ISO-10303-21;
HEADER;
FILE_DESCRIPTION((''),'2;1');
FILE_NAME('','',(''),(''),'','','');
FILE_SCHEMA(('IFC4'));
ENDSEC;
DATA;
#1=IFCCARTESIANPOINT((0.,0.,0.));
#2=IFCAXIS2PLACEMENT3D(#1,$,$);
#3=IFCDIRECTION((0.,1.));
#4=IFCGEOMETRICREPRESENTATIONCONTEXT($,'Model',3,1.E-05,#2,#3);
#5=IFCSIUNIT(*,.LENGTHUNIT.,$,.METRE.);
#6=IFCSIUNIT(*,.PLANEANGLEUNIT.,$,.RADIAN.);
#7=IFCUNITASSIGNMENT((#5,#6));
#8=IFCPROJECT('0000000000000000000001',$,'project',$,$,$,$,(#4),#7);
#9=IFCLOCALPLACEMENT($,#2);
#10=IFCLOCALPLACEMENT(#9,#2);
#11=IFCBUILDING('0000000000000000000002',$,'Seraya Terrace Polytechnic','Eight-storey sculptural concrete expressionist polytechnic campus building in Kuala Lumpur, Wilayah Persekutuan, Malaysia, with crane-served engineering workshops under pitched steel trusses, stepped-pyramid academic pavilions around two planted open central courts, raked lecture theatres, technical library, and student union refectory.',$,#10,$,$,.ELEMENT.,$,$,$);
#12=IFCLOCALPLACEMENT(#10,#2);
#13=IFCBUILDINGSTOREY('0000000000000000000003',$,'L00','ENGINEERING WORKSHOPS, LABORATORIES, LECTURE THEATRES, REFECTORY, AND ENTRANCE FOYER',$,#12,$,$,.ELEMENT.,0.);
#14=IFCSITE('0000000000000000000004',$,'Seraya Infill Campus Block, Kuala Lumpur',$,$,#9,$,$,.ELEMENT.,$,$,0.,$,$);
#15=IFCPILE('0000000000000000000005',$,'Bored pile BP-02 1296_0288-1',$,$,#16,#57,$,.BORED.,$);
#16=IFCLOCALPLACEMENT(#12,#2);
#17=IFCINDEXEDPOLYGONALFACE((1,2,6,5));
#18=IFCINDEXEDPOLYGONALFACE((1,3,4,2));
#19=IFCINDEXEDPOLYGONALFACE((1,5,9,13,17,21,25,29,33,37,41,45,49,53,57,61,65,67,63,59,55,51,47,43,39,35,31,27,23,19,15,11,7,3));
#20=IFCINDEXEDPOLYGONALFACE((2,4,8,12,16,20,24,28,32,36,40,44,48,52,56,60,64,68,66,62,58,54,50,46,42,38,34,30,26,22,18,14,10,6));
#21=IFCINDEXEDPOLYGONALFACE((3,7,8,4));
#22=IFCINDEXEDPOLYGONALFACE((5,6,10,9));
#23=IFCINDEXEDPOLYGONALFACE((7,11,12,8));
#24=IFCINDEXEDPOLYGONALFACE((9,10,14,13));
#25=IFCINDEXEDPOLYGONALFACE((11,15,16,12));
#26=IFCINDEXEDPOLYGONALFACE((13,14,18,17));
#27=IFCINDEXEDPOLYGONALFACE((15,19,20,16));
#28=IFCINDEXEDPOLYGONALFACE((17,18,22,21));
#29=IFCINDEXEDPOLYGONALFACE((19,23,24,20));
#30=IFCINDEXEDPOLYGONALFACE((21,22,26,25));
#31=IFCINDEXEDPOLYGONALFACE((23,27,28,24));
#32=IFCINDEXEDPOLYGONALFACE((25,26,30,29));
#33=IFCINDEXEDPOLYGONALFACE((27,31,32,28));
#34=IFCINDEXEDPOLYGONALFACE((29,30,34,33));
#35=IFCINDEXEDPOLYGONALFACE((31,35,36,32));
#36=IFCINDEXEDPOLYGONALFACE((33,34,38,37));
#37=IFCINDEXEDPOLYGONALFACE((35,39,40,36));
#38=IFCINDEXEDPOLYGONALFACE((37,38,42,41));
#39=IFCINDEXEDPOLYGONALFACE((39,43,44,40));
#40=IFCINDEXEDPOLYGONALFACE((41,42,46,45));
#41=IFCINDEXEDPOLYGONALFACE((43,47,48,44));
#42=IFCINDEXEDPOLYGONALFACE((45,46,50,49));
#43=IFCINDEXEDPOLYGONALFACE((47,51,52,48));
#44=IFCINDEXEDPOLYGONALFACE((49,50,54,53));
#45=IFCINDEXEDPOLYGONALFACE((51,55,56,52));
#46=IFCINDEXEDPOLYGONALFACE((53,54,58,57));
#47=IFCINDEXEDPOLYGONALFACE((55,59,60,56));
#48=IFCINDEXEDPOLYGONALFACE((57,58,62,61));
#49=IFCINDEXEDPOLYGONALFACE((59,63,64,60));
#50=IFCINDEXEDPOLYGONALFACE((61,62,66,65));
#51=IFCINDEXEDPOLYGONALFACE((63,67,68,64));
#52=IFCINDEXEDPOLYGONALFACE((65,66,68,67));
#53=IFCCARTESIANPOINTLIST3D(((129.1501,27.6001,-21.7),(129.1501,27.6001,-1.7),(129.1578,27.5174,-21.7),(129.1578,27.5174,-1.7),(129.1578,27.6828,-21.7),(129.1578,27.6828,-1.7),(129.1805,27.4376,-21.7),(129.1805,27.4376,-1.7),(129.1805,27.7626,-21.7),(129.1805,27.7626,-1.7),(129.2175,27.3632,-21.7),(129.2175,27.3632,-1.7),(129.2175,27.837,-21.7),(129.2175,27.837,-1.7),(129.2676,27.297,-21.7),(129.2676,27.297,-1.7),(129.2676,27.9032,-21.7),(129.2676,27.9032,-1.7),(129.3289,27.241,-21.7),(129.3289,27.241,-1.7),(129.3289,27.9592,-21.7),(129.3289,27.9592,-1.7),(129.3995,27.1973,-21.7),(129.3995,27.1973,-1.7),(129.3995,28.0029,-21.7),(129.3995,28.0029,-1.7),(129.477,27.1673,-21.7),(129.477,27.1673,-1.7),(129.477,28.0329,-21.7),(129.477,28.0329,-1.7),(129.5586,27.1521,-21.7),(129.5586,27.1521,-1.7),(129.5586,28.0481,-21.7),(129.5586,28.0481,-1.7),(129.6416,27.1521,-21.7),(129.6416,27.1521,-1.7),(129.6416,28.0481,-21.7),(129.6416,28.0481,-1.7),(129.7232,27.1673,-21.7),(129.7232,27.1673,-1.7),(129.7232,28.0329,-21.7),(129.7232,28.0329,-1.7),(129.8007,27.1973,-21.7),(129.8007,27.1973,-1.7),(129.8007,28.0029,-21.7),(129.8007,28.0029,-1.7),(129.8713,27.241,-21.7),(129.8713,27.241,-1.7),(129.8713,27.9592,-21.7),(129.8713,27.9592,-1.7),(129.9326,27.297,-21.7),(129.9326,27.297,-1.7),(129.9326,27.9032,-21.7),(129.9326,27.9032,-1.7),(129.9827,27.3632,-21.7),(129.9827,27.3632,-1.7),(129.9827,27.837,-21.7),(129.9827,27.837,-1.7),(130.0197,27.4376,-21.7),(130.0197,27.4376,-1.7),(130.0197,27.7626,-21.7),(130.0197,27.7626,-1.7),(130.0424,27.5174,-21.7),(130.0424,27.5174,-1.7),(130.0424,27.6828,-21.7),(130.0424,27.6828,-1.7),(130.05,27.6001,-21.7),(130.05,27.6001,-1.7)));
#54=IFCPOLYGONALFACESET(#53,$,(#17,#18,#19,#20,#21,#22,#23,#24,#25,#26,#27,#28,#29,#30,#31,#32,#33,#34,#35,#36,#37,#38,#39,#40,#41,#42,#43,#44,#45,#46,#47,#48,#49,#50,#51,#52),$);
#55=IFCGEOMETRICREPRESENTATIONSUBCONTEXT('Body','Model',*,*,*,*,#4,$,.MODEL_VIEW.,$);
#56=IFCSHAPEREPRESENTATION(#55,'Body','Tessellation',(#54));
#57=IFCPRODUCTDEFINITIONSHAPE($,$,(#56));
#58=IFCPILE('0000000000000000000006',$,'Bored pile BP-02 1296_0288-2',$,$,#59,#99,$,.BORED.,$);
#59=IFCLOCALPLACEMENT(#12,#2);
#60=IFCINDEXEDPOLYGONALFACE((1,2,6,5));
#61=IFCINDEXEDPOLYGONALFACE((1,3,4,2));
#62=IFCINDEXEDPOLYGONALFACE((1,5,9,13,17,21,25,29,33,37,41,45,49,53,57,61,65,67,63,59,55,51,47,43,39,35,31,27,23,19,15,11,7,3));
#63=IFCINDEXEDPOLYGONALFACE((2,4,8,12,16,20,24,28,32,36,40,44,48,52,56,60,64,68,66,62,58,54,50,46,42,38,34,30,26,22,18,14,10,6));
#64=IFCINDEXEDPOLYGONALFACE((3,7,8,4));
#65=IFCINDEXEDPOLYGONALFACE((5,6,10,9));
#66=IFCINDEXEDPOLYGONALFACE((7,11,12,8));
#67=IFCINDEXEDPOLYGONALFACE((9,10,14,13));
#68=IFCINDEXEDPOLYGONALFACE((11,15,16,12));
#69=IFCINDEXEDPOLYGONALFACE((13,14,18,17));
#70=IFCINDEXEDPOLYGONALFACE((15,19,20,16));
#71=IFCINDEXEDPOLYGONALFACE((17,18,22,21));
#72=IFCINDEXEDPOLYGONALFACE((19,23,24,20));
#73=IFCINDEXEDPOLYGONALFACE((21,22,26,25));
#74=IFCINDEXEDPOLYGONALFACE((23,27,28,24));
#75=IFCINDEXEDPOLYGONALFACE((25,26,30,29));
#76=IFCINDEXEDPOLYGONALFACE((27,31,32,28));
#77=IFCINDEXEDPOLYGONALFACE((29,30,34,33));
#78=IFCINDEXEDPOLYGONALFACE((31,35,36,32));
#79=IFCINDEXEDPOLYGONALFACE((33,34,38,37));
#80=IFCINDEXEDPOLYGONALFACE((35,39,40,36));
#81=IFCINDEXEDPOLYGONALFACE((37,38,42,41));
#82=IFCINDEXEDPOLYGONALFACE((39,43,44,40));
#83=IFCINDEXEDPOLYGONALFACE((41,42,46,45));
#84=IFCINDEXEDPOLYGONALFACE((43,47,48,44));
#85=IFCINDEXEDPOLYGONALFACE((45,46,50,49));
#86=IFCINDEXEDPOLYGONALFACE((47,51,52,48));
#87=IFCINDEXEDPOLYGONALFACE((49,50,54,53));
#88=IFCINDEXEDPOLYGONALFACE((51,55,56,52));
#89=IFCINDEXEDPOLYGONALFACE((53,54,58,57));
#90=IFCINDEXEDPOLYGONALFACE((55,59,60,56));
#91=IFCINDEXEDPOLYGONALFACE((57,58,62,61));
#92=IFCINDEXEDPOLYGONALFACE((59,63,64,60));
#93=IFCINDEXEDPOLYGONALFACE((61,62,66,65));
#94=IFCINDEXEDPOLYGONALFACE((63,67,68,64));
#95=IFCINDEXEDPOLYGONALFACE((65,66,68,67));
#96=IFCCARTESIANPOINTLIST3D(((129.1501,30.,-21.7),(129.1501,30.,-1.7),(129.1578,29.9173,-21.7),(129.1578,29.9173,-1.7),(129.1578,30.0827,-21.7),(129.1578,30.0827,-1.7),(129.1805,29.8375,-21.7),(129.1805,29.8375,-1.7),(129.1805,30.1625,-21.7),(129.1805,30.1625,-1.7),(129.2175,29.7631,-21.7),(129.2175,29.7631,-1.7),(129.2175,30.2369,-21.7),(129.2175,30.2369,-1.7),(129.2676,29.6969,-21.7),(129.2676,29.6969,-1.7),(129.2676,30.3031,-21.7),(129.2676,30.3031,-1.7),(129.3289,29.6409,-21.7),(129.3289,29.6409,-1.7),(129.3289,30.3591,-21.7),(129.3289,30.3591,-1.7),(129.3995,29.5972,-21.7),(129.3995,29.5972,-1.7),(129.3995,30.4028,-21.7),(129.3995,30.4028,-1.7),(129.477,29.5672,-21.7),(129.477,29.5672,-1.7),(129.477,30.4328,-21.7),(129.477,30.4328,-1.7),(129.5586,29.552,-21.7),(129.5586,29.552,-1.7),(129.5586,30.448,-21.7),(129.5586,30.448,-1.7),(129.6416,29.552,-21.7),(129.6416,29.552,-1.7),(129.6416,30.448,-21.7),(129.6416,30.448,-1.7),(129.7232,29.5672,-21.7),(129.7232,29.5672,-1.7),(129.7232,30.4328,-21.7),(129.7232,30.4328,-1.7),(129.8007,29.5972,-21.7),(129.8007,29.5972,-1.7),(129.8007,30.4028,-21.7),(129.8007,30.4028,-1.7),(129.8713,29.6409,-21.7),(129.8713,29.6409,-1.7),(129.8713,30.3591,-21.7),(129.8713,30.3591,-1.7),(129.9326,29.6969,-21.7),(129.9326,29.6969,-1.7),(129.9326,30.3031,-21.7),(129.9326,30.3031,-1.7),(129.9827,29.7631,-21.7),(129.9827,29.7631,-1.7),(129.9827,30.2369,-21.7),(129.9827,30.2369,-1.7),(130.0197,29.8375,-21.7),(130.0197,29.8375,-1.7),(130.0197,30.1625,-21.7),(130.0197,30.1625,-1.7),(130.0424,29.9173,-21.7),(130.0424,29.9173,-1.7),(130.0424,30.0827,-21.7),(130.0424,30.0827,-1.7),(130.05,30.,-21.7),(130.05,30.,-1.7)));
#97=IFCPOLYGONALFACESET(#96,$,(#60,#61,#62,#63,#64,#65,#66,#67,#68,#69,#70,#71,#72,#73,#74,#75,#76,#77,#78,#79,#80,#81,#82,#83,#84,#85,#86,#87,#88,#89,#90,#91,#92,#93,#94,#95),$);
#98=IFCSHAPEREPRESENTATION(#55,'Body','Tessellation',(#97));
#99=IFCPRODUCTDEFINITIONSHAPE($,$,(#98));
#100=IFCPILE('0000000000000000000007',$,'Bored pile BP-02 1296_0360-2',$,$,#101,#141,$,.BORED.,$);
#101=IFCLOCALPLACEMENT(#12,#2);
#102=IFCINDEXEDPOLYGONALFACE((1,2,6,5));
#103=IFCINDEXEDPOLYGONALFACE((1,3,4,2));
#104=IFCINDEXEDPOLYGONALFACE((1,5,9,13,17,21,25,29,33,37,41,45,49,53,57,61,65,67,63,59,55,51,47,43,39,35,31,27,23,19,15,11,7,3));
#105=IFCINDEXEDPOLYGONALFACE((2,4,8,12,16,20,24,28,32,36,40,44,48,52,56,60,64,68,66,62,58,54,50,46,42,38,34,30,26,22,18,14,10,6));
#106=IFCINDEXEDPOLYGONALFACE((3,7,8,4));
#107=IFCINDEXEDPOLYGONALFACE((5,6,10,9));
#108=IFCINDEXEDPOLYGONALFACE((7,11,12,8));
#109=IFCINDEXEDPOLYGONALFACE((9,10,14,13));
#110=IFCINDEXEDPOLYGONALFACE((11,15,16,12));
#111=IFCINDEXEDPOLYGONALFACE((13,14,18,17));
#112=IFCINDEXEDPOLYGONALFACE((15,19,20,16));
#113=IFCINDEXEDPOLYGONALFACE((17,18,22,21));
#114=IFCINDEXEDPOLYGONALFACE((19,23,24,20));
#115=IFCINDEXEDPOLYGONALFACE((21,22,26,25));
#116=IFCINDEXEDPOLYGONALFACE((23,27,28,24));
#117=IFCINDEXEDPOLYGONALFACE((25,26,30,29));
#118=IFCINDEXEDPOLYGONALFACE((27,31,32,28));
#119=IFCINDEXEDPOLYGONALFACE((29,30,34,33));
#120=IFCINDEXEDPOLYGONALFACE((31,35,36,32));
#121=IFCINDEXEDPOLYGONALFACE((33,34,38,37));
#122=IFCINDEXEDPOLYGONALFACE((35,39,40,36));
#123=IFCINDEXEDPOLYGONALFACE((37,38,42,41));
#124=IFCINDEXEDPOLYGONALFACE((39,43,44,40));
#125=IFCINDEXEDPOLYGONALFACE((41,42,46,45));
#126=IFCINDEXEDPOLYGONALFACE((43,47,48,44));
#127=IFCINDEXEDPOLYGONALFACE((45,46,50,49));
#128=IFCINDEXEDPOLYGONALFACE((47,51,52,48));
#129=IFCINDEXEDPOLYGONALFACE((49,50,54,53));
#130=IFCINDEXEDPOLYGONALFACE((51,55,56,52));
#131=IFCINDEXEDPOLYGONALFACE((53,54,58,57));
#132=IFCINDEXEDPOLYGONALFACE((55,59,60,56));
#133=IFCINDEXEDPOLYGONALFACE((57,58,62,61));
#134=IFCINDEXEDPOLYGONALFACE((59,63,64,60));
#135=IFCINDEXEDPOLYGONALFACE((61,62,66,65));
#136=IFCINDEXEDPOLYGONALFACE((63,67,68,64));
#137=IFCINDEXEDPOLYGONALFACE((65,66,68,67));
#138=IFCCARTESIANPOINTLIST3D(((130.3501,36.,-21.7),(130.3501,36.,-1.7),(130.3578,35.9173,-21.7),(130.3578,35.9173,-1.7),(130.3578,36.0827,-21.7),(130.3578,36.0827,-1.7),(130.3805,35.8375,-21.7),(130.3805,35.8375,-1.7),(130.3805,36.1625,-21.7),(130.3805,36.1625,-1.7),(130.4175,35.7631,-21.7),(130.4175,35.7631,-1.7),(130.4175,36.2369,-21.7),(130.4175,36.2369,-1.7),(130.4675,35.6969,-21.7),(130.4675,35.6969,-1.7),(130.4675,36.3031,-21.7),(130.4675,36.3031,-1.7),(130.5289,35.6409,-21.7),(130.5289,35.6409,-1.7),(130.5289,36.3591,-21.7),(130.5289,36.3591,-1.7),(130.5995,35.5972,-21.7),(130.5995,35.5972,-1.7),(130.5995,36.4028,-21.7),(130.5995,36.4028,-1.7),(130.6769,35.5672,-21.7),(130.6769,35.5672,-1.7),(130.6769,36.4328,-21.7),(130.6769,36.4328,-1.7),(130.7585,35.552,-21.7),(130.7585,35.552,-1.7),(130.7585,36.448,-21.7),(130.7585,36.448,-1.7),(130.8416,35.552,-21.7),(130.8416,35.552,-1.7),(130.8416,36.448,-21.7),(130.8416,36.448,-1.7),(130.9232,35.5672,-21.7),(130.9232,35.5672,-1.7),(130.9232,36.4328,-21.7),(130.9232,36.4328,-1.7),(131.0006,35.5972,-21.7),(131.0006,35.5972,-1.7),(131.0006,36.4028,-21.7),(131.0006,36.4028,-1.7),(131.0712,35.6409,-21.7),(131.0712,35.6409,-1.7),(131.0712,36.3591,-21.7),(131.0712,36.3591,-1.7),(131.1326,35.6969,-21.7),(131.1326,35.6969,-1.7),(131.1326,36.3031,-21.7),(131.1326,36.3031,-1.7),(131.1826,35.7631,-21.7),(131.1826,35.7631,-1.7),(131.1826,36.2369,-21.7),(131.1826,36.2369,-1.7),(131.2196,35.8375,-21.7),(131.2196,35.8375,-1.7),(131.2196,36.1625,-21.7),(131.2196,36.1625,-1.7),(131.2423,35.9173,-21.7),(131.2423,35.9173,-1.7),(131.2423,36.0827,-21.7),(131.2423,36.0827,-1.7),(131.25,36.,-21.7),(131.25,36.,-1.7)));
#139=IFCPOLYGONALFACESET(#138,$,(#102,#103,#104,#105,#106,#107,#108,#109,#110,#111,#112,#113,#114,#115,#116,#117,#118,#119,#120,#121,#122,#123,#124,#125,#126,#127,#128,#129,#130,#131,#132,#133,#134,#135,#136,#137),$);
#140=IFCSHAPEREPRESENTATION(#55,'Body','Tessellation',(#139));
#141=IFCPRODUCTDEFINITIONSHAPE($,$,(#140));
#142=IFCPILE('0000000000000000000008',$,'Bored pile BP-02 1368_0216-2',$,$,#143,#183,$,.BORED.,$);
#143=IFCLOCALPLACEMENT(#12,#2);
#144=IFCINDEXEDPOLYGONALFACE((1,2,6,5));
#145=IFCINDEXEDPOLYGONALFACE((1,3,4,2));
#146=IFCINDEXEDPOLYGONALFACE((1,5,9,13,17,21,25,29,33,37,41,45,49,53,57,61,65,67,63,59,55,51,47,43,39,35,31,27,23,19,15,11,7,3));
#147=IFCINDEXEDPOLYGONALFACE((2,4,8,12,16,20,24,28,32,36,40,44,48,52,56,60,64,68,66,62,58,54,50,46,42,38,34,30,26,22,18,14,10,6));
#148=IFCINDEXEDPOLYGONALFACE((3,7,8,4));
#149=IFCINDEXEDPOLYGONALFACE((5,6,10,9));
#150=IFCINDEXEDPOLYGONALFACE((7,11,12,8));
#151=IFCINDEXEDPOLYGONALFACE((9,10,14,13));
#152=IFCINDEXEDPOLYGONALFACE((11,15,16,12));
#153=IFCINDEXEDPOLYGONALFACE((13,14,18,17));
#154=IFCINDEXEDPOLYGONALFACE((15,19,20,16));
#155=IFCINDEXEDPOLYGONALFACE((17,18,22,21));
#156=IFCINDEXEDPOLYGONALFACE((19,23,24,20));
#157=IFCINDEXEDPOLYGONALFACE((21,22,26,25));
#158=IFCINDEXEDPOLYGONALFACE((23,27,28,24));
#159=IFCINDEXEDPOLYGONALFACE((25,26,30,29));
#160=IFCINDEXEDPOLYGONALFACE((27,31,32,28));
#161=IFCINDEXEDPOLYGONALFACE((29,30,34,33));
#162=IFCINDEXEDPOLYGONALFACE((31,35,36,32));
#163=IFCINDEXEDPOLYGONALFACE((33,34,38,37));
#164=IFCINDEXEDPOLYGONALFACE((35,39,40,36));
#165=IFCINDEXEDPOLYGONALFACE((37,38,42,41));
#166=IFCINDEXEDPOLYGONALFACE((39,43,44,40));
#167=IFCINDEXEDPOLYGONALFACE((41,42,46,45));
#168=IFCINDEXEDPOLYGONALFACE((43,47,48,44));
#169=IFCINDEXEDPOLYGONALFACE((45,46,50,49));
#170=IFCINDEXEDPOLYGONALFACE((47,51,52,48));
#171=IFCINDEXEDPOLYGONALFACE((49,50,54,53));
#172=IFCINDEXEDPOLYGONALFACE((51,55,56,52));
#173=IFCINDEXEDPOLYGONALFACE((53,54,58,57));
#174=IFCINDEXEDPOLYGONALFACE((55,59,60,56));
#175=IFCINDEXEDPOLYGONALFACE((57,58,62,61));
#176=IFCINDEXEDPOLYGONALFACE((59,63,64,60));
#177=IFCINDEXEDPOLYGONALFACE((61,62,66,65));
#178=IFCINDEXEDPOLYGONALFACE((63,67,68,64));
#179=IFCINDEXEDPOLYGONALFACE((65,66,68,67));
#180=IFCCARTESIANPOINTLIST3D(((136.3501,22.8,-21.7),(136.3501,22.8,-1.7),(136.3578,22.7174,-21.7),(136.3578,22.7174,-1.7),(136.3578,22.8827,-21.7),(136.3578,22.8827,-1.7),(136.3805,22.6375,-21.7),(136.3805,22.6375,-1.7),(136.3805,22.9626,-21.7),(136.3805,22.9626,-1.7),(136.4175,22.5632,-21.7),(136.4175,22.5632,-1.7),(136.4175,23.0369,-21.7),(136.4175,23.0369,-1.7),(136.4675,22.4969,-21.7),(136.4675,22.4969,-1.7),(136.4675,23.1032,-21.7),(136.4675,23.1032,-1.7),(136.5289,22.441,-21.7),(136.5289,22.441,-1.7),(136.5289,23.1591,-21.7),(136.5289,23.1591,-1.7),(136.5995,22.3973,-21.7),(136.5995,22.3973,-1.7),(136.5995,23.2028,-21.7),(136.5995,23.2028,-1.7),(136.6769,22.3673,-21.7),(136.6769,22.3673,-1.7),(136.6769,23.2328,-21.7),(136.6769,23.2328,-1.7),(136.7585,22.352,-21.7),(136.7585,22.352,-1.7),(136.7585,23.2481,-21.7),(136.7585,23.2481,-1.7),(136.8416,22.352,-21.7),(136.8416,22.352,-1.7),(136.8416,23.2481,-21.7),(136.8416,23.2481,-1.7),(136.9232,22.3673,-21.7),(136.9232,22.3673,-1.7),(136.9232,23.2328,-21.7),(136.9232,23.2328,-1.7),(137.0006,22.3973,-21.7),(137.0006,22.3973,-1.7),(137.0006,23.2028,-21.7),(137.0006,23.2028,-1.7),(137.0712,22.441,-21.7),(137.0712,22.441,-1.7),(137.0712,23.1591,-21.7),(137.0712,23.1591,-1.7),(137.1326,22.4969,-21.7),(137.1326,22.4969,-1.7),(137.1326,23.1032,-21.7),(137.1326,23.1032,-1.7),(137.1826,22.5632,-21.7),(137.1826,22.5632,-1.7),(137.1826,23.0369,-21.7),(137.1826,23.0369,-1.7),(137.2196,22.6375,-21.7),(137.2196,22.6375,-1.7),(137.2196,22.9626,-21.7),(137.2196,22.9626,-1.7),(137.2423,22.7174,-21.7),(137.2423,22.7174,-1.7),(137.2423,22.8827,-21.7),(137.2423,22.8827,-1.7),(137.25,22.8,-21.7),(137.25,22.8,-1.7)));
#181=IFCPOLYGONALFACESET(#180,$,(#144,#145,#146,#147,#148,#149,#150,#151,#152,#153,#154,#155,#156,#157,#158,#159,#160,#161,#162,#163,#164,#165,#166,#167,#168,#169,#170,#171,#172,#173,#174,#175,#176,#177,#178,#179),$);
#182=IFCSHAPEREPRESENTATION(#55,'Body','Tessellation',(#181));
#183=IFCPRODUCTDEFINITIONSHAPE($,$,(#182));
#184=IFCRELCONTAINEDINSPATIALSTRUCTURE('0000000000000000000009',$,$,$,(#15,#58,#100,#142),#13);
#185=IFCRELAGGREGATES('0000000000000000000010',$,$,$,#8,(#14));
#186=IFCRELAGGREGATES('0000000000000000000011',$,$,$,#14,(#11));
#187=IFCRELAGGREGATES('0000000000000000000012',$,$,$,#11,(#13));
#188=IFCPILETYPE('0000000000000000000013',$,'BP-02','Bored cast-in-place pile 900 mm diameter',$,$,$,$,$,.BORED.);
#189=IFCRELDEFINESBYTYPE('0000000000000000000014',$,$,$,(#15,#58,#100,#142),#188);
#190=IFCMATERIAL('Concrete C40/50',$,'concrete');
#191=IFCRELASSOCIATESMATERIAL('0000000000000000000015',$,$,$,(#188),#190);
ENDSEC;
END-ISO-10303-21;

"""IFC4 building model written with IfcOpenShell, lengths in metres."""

from ifc_helpers import new_model, si_unit, direction, frame, origin, origin_2d, place, context, subcontext, project, spatial, circle, extrude, material, material_profile, profile_set, type_object, element, save


model = new_model("IFC4")

# Units and contexts
model_context = context("Model", 3, precision=1e-05, world=origin(), true_north=direction((0.0, 1.0)))
body_context = subcontext(model_context, "Body", "Model", "MODEL_VIEW")
ifc_project = project(units=[si_unit("LENGTHUNIT", "METRE"), si_unit("PLANEANGLEUNIT", "RADIAN")], contexts=[model_context])

# Site, building, storey
site_placement = place(None, origin())
site = spatial("IfcSite", under=ifc_project, at=site_placement, Name="Seraya Infill Campus Block, Kuala Lumpur", CompositionType="ELEMENT", RefElevation=0.0)
building_placement = place(site_placement, origin())
building = spatial("IfcBuilding", under=site, at=building_placement, Name="Seraya Terrace Polytechnic", Description="Eight-storey sculptural concrete expressionist polytechnic campus building in Kuala Lumpur, Wilayah Persekutuan, Malaysia, with crane-served engineering workshops under pitched steel trusses, stepped-pyramid academic pavilions around two planted open central courts, raked lecture theatres, technical library, and student union refectory.", CompositionType="ELEMENT")
storey_placement = place(building_placement, origin())
storey = spatial("IfcBuildingStorey", under=building, at=storey_placement, Name="L00", Description="ENGINEERING WORKSHOPS, LABORATORIES, LECTURE THEATRES, REFECTORY, AND ENTRANCE FOYER", CompositionType="ELEMENT", Elevation=0.0)

# Piles
ifc_material_1 = material(Name="Concrete C40/50", Category="concrete")
ifc_material_profile_1 = material_profile(ifc_material_1, circle(Radius=0.45, at=origin_2d()), Name="DIA 900")
ifc_profile_set_1 = profile_set([ifc_material_profile_1], Name="Concrete C40/50")
pile_type = type_object("IfcPileType", Name="BP-02", Description="Bored cast-in-place pile 900 mm diameter", PredefinedType="BORED", material=ifc_profile_set_1)
for number, where, z_axis, x_axis, name in (
    (1, (129.6001, 27.6001, -1.7), (0.0, 0.0, -1.0), (1.0, 0.0, 0.0), "Bored pile BP-02 1296_0288-1"),
    (2, (129.6001, 30.0, -1.7), (0.0, 0.0, -1.0), (1.0, 0.0, 0.0), "Bored pile BP-02 1296_0288-2"),
    (3, (130.8, 36.0, -1.7), (0.0, 0.0, -1.0), (1.0, 0.0, 0.0), "Bored pile BP-02 1296_0360-2"),
    (4, (136.8, 22.8, -1.7), (0.0, 0.0, -1.0), (1.0, 0.0, 0.0), "Bored pile BP-02 1368_0216-2"),
):
    element("IfcPile", number, at=place(storey_placement, frame(where, z_axis=z_axis, x_axis=x_axis)), inside=storey, type_object=pile_type, Name=name, PredefinedType="BORED", context=body_context, shape_type="SweptSolid", body=[
        extrude(circle(Radius=0.45, at=origin_2d()), origin(), (0.0, 0.0, 1.0), 20.0),
    ])

save(model, "model.ifc")
